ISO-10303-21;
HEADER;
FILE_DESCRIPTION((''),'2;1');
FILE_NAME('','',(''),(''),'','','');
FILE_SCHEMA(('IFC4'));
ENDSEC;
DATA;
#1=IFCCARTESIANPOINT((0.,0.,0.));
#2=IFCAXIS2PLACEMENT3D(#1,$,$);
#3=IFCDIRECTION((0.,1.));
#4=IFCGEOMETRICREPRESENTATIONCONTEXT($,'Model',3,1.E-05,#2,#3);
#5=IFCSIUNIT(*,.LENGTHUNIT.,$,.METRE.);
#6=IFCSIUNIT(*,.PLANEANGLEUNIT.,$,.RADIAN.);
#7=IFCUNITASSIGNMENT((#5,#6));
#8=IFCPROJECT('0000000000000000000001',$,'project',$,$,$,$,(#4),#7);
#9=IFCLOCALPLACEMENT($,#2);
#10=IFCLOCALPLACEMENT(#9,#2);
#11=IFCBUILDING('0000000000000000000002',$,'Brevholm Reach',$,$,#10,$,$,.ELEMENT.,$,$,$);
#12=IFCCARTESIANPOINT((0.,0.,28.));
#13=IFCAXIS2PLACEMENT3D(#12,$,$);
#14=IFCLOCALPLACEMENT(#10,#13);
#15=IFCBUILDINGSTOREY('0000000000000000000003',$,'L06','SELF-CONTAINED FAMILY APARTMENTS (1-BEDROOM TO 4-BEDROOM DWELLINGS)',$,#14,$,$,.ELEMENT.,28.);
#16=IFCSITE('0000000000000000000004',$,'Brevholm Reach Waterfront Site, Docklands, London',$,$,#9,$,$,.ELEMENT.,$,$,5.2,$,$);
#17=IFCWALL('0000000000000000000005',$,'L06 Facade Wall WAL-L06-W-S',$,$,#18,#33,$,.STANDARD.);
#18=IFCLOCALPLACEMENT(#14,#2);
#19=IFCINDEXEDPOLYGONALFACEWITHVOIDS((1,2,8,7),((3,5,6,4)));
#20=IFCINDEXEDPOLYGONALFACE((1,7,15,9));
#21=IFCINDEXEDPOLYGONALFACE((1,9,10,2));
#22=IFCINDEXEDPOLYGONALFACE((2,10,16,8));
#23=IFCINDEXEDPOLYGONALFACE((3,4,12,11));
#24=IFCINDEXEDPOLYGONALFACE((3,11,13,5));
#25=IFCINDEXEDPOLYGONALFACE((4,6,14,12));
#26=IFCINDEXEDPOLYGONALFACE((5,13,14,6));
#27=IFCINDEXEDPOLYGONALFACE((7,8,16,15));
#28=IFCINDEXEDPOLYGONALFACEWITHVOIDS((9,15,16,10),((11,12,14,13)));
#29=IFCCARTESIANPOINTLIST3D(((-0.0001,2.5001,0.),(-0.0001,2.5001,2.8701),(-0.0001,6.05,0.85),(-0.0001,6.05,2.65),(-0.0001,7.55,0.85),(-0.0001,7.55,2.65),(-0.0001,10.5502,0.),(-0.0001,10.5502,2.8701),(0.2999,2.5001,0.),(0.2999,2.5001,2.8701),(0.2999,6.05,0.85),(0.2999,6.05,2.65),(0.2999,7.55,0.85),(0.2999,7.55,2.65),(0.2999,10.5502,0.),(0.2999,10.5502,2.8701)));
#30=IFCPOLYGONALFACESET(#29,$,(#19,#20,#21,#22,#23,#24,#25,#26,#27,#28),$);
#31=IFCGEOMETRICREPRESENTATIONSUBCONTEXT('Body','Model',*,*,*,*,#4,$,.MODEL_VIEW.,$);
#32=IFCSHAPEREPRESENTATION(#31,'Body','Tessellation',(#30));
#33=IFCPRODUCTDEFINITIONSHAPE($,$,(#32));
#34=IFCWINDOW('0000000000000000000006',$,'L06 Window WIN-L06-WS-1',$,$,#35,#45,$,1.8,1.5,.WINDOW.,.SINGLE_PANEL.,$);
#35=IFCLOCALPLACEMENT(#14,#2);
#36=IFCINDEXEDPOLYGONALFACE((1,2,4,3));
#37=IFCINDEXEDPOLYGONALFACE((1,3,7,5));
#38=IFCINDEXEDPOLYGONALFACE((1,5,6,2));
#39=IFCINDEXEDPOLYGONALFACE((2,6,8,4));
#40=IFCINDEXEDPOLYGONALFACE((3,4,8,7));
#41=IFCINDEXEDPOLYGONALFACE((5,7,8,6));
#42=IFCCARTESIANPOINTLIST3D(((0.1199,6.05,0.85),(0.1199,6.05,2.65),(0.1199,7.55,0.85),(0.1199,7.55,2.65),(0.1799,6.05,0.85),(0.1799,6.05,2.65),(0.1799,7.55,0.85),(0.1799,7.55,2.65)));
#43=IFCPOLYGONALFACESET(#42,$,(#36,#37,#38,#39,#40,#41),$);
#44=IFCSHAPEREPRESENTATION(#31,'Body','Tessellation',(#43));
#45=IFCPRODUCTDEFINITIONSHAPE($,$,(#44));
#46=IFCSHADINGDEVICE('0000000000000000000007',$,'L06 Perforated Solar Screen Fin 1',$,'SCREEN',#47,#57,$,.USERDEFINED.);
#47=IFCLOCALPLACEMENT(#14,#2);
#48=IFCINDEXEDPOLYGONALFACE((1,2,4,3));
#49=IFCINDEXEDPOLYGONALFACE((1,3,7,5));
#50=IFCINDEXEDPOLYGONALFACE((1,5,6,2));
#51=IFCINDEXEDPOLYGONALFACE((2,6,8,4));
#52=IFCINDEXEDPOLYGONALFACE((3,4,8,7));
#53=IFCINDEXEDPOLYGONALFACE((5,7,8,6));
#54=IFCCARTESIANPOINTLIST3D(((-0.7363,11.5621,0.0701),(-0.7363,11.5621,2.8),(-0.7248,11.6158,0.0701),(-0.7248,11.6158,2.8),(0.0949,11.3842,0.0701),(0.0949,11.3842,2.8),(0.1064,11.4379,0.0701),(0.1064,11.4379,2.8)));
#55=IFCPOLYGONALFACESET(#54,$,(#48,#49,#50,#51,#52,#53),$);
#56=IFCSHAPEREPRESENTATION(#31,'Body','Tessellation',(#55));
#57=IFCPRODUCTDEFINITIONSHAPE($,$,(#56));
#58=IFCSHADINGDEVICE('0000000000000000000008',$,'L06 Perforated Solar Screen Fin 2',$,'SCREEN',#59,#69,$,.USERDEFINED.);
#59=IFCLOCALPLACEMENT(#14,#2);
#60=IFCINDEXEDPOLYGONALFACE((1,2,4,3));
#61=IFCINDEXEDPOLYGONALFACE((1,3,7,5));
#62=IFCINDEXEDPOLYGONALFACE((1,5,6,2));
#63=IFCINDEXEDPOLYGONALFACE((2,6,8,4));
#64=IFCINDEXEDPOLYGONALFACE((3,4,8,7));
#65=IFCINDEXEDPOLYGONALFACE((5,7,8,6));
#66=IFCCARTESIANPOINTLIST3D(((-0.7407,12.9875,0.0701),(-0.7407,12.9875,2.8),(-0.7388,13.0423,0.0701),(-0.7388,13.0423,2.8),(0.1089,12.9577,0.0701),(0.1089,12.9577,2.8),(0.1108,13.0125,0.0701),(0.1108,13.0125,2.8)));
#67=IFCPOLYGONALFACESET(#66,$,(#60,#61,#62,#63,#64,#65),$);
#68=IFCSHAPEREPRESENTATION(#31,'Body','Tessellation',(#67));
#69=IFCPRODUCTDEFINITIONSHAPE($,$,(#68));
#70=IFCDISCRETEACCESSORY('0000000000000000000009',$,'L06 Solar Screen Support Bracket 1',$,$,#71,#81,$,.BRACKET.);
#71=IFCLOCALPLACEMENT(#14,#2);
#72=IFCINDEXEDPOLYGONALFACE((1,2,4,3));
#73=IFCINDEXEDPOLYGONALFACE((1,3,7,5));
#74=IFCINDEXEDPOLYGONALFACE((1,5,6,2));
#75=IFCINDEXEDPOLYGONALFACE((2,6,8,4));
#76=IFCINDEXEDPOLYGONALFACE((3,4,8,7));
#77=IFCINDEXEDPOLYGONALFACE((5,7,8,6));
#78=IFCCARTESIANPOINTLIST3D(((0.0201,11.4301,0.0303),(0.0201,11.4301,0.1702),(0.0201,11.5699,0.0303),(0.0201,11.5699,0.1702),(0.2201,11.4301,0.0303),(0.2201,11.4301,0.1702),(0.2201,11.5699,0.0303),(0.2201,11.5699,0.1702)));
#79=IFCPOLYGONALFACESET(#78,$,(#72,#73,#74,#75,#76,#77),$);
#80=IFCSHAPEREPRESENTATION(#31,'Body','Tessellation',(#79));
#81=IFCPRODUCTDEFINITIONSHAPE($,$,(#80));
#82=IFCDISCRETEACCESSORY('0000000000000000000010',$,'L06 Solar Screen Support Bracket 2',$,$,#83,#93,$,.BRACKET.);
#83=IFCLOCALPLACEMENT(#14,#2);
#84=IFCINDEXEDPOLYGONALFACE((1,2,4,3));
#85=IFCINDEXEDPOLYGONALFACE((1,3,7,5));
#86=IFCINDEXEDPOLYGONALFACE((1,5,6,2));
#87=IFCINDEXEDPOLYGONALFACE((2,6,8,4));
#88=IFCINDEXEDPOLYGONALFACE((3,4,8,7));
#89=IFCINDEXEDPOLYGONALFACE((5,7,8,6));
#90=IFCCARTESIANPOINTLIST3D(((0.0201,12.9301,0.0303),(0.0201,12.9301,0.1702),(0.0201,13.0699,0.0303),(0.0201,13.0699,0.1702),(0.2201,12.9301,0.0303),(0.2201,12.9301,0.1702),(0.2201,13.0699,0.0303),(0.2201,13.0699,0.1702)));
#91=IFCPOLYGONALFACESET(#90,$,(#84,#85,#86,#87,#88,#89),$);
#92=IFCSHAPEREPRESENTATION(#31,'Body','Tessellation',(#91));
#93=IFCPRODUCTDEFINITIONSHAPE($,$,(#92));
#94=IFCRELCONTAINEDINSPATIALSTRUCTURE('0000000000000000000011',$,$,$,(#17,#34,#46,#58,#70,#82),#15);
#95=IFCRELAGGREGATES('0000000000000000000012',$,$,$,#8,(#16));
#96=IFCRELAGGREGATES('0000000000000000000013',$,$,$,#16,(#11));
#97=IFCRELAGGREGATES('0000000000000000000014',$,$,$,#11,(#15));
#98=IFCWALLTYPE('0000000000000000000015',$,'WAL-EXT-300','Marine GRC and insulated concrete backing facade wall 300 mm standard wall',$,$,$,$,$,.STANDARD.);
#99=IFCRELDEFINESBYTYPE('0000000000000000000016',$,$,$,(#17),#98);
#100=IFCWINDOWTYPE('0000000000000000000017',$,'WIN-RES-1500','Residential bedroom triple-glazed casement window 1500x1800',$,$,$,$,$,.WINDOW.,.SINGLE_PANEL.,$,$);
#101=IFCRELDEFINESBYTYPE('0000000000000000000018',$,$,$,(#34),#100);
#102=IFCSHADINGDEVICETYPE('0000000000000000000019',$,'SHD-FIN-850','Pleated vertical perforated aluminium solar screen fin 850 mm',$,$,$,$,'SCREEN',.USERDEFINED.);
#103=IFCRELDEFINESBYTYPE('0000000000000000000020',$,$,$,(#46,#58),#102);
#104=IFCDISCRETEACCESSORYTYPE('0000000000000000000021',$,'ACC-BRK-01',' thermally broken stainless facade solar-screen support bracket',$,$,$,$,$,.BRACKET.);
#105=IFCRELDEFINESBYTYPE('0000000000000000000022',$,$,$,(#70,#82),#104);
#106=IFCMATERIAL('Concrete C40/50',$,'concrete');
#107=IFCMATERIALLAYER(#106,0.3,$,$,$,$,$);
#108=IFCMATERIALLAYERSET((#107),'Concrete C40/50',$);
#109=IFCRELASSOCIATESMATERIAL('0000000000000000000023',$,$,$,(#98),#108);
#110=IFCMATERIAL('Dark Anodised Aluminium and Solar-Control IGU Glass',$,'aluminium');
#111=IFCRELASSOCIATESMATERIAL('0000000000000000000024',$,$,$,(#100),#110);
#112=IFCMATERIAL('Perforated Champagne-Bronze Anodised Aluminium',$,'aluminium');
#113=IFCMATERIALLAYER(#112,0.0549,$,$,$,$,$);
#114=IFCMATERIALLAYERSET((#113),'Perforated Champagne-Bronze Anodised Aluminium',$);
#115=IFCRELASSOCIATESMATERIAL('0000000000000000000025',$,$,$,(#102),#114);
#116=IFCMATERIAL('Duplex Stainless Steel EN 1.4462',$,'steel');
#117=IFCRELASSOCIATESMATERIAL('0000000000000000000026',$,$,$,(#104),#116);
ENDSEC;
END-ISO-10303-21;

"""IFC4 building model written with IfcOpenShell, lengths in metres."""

from ifc_helpers import new_model, si_unit, direction, frame, frame_2d, origin, origin_2d, place, context, subcontext, project, spatial, rectangle, extrude, material, layer, layer_set, type_object, element, fill, save


model = new_model("IFC4")

# Units and contexts
model_context = context("Model", 3, precision=1e-05, world=origin(), true_north=direction((0.0, 1.0)))
body_context = subcontext(model_context, "Body", "Model", "MODEL_VIEW")
ifc_project = project(units=[si_unit("LENGTHUNIT", "METRE"), si_unit("PLANEANGLEUNIT", "RADIAN")], contexts=[model_context])

# Site, building, storey
site_placement = place(None, origin())
site = spatial("IfcSite", under=ifc_project, at=site_placement, Name="Brevholm Reach Waterfront Site, Docklands, London", CompositionType="ELEMENT", RefElevation=5.2)
building_placement = place(site_placement, origin())
building = spatial("IfcBuilding", under=site, at=building_placement, Name="Brevholm Reach", CompositionType="ELEMENT")
storey_placement = place(building_placement, frame((0.0, 0.0, 28.0)))
storey = spatial("IfcBuildingStorey", under=building, at=storey_placement, Name="L06", Description="SELF-CONTAINED FAMILY APARTMENTS (1-BEDROOM TO 4-BEDROOM DWELLINGS)", CompositionType="ELEMENT", Elevation=28.0)

# Wall, opening, window
ifc_material_1 = material(Name="Concrete C40/50", Category="concrete")
ifc_layer_1 = layer(ifc_material_1, 0.3)
ifc_layer_set_1 = layer_set([ifc_layer_1], Name="Concrete C40/50")
wall_type = type_object("IfcWallType", Name="WAL-EXT-300", Description="Marine GRC and insulated concrete backing facade wall 300 mm standard wall", PredefinedType="STANDARD", material=ifc_layer_set_1)
wall_placement = place(storey_placement, frame((0.1499, 10.55, 0.0), z_axis=(0.0, 0.0, 1.0), x_axis=(0.0, -1.0, 0.0)))
wall = element("IfcWall", 1, at=wall_placement, inside=storey, type_object=wall_type, Name="L06 Facade Wall WAL-L06-W-S", PredefinedType="STANDARD", context=body_context, shape_type="SweptSolid", body=[
    extrude(rectangle(XDim=8.05, YDim=0.3, at=frame_2d((4.0249, 0.0))), origin(), (0.0, 0.0, 1.0), 2.8701),
])
opening_placement = place(wall_placement, frame((3.0, 0.0, 0.8501)))
opening = element("IfcOpeningElement", 2, at=opening_placement, cuts=wall, PredefinedType="OPENING", context=body_context, shape_type="SweptSolid", body=[
    extrude(rectangle(XDim=1.5, YDim=1.8, at=frame_2d((0.75, 0.8999))), frame((0.0, 0.1599, 0.0), z_axis=(0.0, -1.0, 0.0), x_axis=(1.0, 0.0, 0.0)), (0.0, 0.0, 1.0), 0.3201),
])
ifc_material_2 = material(Name="Dark Anodised Aluminium and Solar-Control IGU Glass", Category="aluminium")
window_type = type_object("IfcWindowType", Name="WIN-RES-1500", Description="Residential bedroom triple-glazed casement window 1500x1800", PartitioningType="SINGLE_PANEL", PredefinedType="WINDOW", material=ifc_material_2)
window_placement = place(opening_placement, origin())
window = element("IfcWindow", 3, at=window_placement, inside=storey, type_object=window_type, Name="L06 Window WIN-L06-WS-1", OverallHeight=1.8, OverallWidth=1.5, PartitioningType="SINGLE_PANEL", PredefinedType="WINDOW", context=body_context, shape_type="SweptSolid", body=[
    extrude(rectangle(XDim=1.5, YDim=1.8, at=frame_2d((0.75, 0.8999))), frame((0.0, 0.03, 0.0), z_axis=(0.0, -1.0, 0.0), x_axis=(1.0, 0.0, 0.0)), (0.0, 0.0, 1.0), 0.0601),
])
fill(opening, window)

# Shading devices
ifc_material_3 = material(Name="Perforated Champagne-Bronze Anodised Aluminium", Category="aluminium")
ifc_layer_2 = layer(ifc_material_3, 0.0549)
ifc_layer_set_2 = layer_set([ifc_layer_2], Name="Perforated Champagne-Bronze Anodised Aluminium")
shading_device_type = type_object("IfcShadingDeviceType", Name="SHD-FIN-850", Description="Pleated vertical perforated aluminium solar screen fin 850 mm", ElementType="SCREEN", PredefinedType="USERDEFINED", material=ifc_layer_set_2)
for number, where, z_axis, x_axis, name in (
    (4, (-0.3149, 11.5, 0.0701), (0.0, 0.0, 1.0), (-0.977838, 0.209363, 0.0), "L06 Perforated Solar Screen Fin 1"),
    (5, (-0.3149, 13.0, 0.0701), (0.0, 0.0, 1.0), (-0.999385, 0.035056, 0.0), "L06 Perforated Solar Screen Fin 2"),
):
    element("IfcShadingDevice", number, at=place(storey_placement, frame(where, z_axis=z_axis, x_axis=x_axis)), inside=storey, type_object=shading_device_type, Name=name, ObjectType="SCREEN", PredefinedType="USERDEFINED", context=body_context, shape_type="SweptSolid", body=[
        extrude(rectangle(XDim=0.8501, YDim=0.0549, at=origin_2d()), origin(), (0.0, 0.0, 1.0), 2.73),
    ])

# Discrete accessories
ifc_material_4 = material(Name="Duplex Stainless Steel EN 1.4462", Category="steel")
discrete_accessory_type = type_object("IfcDiscreteAccessoryType", Name="ACC-BRK-01", Description=" thermally broken stainless facade solar-screen support bracket", PredefinedType="BRACKET", material=ifc_material_4)
for number, where, z_axis, x_axis, name in (
    (6, (0.1201, 11.5, 0.0303), (0.0, 0.0, 1.0), (-1.0, 0.0, 0.0), "L06 Solar Screen Support Bracket 1"),
    (7, (0.1201, 13.0, 0.0303), (0.0, 0.0, 1.0), (-1.0, 0.0, 0.0), "L06 Solar Screen Support Bracket 2"),
):
    element("IfcDiscreteAccessory", number, at=place(storey_placement, frame(where, z_axis=z_axis, x_axis=x_axis)), inside=storey, type_object=discrete_accessory_type, Name=name, PredefinedType="BRACKET", context=body_context, shape_type="SweptSolid", body=[
        extrude(rectangle(XDim=0.2, YDim=0.1399, at=origin_2d()), origin(), (0.0, 0.0, 1.0), 0.1399),
    ])

save(model, "model.ifc")
